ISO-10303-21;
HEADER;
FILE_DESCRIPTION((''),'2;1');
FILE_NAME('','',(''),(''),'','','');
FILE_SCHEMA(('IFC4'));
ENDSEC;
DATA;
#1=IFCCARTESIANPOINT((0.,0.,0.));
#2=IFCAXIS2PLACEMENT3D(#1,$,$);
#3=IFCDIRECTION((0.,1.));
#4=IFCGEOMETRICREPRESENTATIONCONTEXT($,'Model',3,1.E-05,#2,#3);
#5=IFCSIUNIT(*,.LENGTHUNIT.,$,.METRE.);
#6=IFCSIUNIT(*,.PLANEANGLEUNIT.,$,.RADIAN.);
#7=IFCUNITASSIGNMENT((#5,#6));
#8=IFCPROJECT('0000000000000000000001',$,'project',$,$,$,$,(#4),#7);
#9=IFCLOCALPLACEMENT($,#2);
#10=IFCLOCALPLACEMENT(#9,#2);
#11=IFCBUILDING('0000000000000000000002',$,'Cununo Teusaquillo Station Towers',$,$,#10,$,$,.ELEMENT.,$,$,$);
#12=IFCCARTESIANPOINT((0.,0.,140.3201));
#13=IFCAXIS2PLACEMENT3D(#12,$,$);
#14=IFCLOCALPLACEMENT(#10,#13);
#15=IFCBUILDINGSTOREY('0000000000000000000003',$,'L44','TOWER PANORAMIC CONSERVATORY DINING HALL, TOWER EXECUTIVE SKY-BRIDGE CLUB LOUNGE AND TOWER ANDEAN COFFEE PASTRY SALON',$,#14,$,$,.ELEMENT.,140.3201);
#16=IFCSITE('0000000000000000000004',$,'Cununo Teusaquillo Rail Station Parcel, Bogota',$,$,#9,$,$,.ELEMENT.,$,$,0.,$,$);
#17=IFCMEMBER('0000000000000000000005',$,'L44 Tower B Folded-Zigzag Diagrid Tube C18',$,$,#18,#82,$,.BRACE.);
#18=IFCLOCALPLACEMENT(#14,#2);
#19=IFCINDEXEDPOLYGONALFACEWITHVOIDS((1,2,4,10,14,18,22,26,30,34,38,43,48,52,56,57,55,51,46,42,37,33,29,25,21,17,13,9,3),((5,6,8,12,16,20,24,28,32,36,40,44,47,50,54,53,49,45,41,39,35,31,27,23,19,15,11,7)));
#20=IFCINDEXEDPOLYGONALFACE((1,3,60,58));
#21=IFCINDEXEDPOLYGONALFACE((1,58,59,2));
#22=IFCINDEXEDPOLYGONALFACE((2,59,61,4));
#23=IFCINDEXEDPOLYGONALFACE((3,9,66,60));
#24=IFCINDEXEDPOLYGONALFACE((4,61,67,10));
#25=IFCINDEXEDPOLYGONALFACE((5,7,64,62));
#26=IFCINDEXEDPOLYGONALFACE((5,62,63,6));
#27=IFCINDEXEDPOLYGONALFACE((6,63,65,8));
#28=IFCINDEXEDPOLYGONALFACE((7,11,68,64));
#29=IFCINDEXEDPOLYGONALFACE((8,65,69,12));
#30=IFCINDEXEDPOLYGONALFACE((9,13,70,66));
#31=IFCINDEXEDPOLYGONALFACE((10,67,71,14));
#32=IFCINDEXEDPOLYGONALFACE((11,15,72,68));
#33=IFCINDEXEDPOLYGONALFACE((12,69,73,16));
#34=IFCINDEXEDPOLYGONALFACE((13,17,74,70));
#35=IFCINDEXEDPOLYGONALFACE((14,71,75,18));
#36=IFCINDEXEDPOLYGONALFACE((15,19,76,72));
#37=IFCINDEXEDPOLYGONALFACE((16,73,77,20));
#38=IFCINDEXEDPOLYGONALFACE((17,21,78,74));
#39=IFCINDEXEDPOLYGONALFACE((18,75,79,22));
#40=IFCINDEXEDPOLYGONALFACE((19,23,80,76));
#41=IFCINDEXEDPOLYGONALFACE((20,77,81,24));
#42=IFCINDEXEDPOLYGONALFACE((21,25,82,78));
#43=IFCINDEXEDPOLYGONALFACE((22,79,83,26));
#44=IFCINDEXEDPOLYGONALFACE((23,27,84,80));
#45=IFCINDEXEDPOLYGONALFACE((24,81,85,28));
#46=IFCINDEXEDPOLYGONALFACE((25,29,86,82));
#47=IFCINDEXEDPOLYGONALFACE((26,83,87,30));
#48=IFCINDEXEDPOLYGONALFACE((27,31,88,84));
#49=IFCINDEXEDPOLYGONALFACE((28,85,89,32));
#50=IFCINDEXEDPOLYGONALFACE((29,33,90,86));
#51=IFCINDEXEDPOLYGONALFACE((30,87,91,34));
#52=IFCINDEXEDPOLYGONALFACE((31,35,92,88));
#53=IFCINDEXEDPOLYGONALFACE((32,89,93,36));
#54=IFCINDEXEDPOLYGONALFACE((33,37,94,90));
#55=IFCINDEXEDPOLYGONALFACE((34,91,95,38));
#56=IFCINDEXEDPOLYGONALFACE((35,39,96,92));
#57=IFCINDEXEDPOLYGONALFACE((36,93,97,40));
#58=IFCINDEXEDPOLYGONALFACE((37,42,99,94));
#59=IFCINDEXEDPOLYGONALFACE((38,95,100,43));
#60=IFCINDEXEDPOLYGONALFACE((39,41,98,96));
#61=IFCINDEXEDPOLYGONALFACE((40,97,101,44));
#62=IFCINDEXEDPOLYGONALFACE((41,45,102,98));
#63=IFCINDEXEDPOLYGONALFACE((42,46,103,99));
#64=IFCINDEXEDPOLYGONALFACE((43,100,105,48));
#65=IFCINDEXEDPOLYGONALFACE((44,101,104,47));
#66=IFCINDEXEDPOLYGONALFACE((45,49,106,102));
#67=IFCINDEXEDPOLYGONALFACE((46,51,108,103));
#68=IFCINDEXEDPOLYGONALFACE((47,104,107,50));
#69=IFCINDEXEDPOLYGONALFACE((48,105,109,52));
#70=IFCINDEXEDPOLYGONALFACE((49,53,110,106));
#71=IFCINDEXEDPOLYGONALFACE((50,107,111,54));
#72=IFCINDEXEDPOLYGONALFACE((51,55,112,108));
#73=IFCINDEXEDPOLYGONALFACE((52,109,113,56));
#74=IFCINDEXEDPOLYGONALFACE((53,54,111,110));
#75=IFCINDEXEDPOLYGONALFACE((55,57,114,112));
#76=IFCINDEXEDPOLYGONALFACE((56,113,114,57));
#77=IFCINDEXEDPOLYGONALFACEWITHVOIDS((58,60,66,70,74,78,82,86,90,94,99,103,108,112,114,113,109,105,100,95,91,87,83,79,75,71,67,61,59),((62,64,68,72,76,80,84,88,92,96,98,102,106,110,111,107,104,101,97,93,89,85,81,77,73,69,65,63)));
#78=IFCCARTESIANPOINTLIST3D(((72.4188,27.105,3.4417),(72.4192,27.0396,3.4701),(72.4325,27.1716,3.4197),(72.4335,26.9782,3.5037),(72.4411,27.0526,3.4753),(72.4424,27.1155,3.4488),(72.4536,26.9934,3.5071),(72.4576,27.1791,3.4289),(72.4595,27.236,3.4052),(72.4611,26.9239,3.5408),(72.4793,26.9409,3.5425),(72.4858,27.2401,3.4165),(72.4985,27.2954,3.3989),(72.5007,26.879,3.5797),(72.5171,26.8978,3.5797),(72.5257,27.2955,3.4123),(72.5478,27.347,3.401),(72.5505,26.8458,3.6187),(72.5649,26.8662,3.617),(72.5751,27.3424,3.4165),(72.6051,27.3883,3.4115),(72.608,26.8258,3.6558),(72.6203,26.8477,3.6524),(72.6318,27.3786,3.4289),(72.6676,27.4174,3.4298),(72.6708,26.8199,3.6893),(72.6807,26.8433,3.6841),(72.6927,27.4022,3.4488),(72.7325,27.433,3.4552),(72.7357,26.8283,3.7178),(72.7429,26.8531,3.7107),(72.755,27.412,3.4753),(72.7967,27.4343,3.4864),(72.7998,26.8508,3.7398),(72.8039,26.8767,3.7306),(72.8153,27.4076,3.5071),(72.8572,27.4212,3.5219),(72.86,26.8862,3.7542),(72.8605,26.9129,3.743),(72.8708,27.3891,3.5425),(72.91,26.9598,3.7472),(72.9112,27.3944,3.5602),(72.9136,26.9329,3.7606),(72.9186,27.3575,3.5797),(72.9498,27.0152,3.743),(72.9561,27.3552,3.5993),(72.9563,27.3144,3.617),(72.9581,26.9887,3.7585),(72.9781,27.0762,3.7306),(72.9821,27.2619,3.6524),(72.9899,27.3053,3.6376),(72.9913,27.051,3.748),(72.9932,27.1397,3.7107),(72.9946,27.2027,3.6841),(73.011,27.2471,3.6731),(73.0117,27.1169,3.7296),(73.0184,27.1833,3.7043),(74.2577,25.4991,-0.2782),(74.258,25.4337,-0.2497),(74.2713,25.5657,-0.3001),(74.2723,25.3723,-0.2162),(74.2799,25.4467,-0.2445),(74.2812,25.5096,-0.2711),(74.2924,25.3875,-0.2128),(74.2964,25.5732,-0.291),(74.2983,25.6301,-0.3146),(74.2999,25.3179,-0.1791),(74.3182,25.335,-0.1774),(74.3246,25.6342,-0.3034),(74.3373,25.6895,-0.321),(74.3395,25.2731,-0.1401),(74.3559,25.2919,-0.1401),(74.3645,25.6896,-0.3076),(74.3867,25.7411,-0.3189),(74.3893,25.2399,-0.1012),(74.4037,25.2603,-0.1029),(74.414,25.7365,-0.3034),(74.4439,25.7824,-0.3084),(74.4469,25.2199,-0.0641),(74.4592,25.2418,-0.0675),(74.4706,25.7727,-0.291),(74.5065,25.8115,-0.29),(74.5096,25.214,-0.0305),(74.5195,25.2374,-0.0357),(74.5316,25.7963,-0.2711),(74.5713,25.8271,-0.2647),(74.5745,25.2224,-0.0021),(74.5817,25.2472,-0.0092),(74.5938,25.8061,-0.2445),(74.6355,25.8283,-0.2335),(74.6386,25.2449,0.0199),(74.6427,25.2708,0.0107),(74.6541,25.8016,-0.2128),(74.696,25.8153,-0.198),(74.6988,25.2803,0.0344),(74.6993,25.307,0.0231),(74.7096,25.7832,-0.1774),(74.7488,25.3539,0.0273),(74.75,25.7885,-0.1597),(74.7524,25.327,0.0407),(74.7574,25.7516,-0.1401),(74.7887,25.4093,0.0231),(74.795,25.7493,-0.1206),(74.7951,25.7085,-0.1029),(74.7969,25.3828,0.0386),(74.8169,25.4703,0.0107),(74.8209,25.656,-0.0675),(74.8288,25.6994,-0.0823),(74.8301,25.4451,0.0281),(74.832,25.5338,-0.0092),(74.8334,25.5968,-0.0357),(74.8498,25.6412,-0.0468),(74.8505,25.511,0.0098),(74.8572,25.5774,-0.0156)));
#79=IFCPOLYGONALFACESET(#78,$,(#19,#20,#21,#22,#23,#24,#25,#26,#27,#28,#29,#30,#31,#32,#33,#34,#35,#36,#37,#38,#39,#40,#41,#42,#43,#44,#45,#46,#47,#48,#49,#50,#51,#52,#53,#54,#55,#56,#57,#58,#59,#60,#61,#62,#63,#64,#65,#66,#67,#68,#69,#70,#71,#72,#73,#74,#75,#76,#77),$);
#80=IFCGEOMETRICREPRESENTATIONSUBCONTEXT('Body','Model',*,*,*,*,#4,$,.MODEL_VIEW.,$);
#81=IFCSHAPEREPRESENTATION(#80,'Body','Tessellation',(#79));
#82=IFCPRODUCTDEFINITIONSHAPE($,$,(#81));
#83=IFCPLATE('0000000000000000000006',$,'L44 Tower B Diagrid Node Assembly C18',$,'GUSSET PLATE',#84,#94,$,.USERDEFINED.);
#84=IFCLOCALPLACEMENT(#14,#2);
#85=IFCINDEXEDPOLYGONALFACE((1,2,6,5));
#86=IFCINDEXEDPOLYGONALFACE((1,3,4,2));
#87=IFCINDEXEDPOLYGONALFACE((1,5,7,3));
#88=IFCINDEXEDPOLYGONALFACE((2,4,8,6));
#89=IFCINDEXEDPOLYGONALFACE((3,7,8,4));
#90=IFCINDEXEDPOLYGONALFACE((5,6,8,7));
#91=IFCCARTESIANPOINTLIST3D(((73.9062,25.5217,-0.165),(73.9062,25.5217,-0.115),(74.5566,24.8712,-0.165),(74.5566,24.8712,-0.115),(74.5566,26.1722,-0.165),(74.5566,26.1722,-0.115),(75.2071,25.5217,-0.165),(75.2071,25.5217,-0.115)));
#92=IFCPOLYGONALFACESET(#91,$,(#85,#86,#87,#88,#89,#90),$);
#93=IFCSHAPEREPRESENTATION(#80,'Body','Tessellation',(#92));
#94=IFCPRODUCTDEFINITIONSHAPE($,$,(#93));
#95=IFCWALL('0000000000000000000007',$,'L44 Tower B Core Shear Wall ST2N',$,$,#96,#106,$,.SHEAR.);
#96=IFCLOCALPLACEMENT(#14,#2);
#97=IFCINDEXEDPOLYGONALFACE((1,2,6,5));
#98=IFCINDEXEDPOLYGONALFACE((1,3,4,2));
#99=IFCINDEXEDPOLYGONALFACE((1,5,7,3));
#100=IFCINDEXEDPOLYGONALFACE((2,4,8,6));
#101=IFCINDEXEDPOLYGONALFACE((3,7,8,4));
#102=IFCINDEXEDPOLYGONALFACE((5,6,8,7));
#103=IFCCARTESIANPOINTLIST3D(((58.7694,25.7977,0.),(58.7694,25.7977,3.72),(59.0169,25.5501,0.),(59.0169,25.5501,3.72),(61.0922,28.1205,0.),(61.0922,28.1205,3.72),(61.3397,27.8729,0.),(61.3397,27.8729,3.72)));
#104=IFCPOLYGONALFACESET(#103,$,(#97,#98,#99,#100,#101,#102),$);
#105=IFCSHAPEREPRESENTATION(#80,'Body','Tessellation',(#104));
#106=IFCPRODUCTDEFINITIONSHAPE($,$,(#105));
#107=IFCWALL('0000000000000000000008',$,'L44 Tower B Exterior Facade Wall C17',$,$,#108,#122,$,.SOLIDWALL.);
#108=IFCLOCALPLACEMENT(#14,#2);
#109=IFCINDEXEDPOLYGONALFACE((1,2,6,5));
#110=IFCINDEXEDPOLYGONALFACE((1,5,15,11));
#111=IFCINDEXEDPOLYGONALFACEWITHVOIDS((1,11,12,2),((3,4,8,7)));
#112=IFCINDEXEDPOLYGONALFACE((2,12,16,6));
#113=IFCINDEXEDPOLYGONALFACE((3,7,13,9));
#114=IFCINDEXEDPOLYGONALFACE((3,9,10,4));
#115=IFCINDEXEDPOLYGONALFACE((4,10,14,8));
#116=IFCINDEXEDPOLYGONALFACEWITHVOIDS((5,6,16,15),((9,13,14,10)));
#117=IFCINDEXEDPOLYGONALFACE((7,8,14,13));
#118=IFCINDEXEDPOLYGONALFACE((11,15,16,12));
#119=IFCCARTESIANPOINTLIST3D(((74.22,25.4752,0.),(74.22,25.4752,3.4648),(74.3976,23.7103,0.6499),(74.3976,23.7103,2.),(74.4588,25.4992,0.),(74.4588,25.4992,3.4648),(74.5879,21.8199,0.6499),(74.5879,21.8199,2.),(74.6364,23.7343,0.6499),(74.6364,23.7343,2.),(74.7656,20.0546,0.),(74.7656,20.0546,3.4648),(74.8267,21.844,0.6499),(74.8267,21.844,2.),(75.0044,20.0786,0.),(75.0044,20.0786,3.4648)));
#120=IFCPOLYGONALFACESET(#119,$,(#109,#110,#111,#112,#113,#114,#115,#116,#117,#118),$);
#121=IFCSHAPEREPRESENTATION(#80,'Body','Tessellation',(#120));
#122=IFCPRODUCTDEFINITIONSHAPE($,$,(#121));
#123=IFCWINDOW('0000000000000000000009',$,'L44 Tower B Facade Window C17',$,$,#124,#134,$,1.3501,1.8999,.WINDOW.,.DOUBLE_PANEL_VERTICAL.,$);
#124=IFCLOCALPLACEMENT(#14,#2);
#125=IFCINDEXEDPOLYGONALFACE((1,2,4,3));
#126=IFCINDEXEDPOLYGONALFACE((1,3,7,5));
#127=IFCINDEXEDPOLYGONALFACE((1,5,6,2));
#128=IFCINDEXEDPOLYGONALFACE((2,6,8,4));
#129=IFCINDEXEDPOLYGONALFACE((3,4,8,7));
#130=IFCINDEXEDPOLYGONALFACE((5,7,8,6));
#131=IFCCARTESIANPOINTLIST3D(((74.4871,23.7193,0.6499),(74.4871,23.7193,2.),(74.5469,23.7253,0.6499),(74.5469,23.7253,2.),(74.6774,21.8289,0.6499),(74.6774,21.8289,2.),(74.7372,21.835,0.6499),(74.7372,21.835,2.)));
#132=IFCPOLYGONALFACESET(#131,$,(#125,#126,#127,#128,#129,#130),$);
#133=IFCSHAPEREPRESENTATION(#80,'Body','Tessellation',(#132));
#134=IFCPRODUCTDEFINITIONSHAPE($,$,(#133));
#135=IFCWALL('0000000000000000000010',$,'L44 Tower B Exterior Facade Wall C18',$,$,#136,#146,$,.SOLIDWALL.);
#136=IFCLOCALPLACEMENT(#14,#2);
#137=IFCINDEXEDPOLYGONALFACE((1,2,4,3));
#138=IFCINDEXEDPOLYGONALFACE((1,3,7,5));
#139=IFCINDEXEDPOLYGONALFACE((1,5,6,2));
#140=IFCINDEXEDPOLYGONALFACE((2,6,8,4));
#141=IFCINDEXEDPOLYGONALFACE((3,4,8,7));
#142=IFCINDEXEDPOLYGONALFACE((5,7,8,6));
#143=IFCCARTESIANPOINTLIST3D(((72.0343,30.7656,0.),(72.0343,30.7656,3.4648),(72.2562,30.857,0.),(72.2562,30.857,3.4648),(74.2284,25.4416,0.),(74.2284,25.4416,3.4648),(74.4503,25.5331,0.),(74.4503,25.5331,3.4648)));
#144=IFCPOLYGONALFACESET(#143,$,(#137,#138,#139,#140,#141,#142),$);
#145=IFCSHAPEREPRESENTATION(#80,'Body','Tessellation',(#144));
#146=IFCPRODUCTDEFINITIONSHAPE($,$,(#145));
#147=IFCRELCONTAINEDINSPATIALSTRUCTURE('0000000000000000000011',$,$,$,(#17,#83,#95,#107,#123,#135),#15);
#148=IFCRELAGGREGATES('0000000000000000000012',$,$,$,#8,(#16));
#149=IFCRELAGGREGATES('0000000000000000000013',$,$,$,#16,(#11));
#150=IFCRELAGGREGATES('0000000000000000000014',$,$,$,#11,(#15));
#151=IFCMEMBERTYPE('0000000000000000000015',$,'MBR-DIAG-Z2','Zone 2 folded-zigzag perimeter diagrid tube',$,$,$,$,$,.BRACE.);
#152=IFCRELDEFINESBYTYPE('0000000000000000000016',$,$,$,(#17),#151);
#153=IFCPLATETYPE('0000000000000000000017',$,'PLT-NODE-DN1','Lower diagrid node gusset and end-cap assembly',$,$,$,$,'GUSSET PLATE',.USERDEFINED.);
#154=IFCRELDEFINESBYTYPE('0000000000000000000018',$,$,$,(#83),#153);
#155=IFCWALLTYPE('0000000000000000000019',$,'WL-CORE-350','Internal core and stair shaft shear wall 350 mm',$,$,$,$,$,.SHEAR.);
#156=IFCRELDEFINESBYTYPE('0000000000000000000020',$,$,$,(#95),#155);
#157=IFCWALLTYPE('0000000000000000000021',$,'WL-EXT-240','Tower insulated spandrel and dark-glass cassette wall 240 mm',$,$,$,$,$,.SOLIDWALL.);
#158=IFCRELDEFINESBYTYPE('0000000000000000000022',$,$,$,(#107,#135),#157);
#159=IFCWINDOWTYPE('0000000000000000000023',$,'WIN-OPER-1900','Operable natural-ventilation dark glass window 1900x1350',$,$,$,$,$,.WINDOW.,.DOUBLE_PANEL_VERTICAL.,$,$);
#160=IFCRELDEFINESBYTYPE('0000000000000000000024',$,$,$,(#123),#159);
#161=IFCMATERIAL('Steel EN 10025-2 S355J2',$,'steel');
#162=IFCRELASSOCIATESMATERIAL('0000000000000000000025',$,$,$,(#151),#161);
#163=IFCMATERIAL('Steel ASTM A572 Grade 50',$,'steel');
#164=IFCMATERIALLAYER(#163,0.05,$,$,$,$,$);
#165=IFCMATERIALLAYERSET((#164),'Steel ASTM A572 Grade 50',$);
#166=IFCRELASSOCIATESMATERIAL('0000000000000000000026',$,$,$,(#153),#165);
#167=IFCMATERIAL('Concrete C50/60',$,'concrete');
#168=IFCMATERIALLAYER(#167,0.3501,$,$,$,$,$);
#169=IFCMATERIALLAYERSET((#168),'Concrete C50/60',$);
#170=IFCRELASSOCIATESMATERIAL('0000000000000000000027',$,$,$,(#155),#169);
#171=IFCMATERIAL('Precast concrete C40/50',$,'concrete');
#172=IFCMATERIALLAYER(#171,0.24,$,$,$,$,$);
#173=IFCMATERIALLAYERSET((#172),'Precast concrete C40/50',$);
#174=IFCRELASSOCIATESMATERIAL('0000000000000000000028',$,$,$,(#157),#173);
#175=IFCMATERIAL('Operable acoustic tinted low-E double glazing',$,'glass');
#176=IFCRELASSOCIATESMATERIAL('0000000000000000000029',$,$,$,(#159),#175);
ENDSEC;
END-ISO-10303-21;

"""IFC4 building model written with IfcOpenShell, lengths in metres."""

from ifc_helpers import new_model, si_unit, direction, frame, frame_2d, origin, origin_2d, place, context, subcontext, project, spatial, rectangle, hollow_circle, extrude, source, transform, mapped, material, layer, layer_set, material_profile, profile_set, type_object, element, fill, save


model = new_model("IFC4")

# Units and contexts
model_context = context("Model", 3, precision=1e-05, world=origin(), true_north=direction((0.0, 1.0)))
body_context = subcontext(model_context, "Body", "Model", "MODEL_VIEW")
ifc_project = project(units=[si_unit("LENGTHUNIT", "METRE"), si_unit("PLANEANGLEUNIT", "RADIAN")], contexts=[model_context])

# Site, building, storey
site_placement = place(None, origin())
site = spatial("IfcSite", under=ifc_project, at=site_placement, Name="Cununo Teusaquillo Rail Station Parcel, Bogota", CompositionType="ELEMENT", RefElevation=0.0)
building_placement = place(site_placement, origin())
building = spatial("IfcBuilding", under=site, at=building_placement, Name="Cununo Teusaquillo Station Towers", CompositionType="ELEMENT")
storey_placement = place(building_placement, frame((0.0, 0.0, 140.3201)))
storey = spatial("IfcBuildingStorey", under=building, at=storey_placement, Name="L44", Description="TOWER PANORAMIC CONSERVATORY DINING HALL, TOWER EXECUTIVE SKY-BRIDGE CLUB LOUNGE AND TOWER ANDEAN COFFEE PASTRY SALON", CompositionType="ELEMENT", Elevation=140.3201)

# Member
ifc_material_1 = material(Name="Steel EN 10025-2 S355J2", Category="steel")
ifc_material_profile_1 = material_profile(ifc_material_1, hollow_circle(Radius=0.3301, WallThickness=0.0249, at=origin_2d()), Name="CHS 660x25")
ifc_profile_set_1 = profile_set([ifc_material_profile_1], Name="Steel EN 10025-2 S355J2")
member_type = type_object("IfcMemberType", Name="MBR-DIAG-Z2", Description="Zone 2 folded-zigzag perimeter diagrid tube", PredefinedType="BRACE", material=ifc_profile_set_1)
member_placement = place(storey_placement, frame((74.5566, 25.5217, -0.1401), z_axis=(-0.413268, 0.360924, 0.836028), x_axis=(-0.657796, -0.753196, 0.0)))
element("IfcMember", 1, at=member_placement, inside=storey, type_object=member_type, Name="L44 Tower B Folded-Zigzag Diagrid Tube C18", PredefinedType="BRACE", context=body_context, shape_type="SweptSolid", body=[
    extrude(hollow_circle(Radius=0.3301, WallThickness=0.0249, at=origin_2d()), origin(), (0.0, 0.0, 1.0), 4.4495),
])

# Plate
ifc_material_2 = material(Name="Steel ASTM A572 Grade 50", Category="steel")
ifc_layer_1 = layer(ifc_material_2, 0.05)
ifc_layer_set_1 = layer_set([ifc_layer_1], Name="Steel ASTM A572 Grade 50")
plate_type = type_object("IfcPlateType", Name="PLT-NODE-DN1", Description="Lower diagrid node gusset and end-cap assembly", ElementType="GUSSET PLATE", PredefinedType="USERDEFINED", material=ifc_layer_set_1)
shared_shape_1 = source(origin(), body_context, "Body", "SweptSolid", [
    extrude(rectangle(XDim=0.9199, YDim=0.9199, at=origin_2d()), origin(), (0.0, 0.0, 1.0), 0.05),
])
plate_placement = place(storey_placement, frame((74.5566, 25.5217, -0.165), z_axis=(0.0, 0.0, 1.0), x_axis=(0.707107, 0.707107, 0.0)))
element("IfcPlate", 2, at=plate_placement, inside=storey, type_object=plate_type, Name="L44 Tower B Diagrid Node Assembly C18", ObjectType="GUSSET PLATE", PredefinedType="USERDEFINED", context=body_context, shape_type="MappedRepresentation", body=[
    mapped(shared_shape_1, transform((0.0, 0.0, 0.0), x_axis=(1.0, 0.0, 0.0), y_axis=(0.0, 1.0, 0.0), z_axis=(0.0, 0.0, 1.0), scale=1.0)),
])

# Wall
ifc_material_3 = material(Name="Concrete C50/60", Category="concrete")
ifc_layer_2 = layer(ifc_material_3, 0.3501)
ifc_layer_set_2 = layer_set([ifc_layer_2], Name="Concrete C50/60")
wall_type_1 = type_object("IfcWallType", Name="WL-CORE-350", Description="Internal core and stair shaft shear wall 350 mm", PredefinedType="SHEAR", material=ifc_layer_set_2)
wall_1_placement = place(storey_placement, frame((58.8931, 25.6738, 0.0), z_axis=(0.0, 0.0, 1.0), x_axis=(0.707107, 0.707107, 0.0)))
element("IfcWall", 3, at=wall_1_placement, inside=storey, type_object=wall_type_1, Name="L44 Tower B Core Shear Wall ST2N", PredefinedType="SHEAR", context=body_context, shape_type="SweptSolid", body=[
    extrude(rectangle(XDim=3.2849, YDim=0.3501, at=frame_2d((1.6426, 0.0))), origin(), (0.0, 0.0, 1.0), 3.72),
])

# Wall, opening, window
ifc_material_4 = material(Name="Precast concrete C40/50", Category="concrete")
ifc_layer_3 = layer(ifc_material_4, 0.24)
ifc_layer_set_3 = layer_set([ifc_layer_3], Name="Precast concrete C40/50")
wall_type_2 = type_object("IfcWallType", Name="WL-EXT-240", Description="Tower insulated spandrel and dark-glass cassette wall 240 mm", PredefinedType="SOLIDWALL", material=ifc_layer_set_3)
wall_2_placement = place(storey_placement, frame((74.3394, 25.4873, 0.0), z_axis=(0.0, 0.0, 1.0), x_axis=(0.100156, -0.994972, 0.0)))
wall_2 = element("IfcWall", 4, at=wall_2_placement, inside=storey, type_object=wall_type_2, Name="L44 Tower B Exterior Facade Wall C17", PredefinedType="SOLIDWALL", context=body_context, shape_type="SweptSolid", body=[
    extrude(rectangle(XDim=5.448, YDim=0.24, at=frame_2d((2.7241, 0.0))), origin(), (0.0, 0.0, 1.0), 3.4648),
])
shared_shape_2 = source(origin(), body_context, "Body", "SweptSolid", [
    extrude(rectangle(XDim=1.8999, YDim=1.3501, at=frame_2d((0.95, 0.675))), frame((0.0, 0.1299, 0.0), z_axis=(0.0, -1.0, 0.0), x_axis=(1.0, 0.0, 0.0)), (0.0, 0.0, 1.0), 0.26),
])
opening_1_placement = place(wall_2_placement, frame((1.7739, 0.0, 0.6499)))
opening_1 = element("IfcOpeningElement", 5, at=opening_1_placement, cuts=wall_2, PredefinedType="OPENING", context=body_context, shape_type="MappedRepresentation", body=[
    mapped(shared_shape_2, transform((0.0, 0.0, 0.0), x_axis=(1.0, 0.0, 0.0), y_axis=(0.0, 1.0, 0.0), z_axis=(0.0, 0.0, 1.0), scale=1.0)),
])
ifc_material_5 = material(Name="Operable acoustic tinted low-E double glazing", Category="glass")
window_type_1 = type_object("IfcWindowType", Name="WIN-OPER-1900", Description="Operable natural-ventilation dark glass window 1900x1350", PartitioningType="DOUBLE_PANEL_VERTICAL", PredefinedType="WINDOW", material=ifc_material_5)
shared_shape_3 = source(origin(), body_context, "Body", "SweptSolid", [
    extrude(rectangle(XDim=1.8999, YDim=1.3501, at=frame_2d((0.95, 0.675))), frame((0.0, 0.03, 0.0), z_axis=(0.0, -1.0, 0.0), x_axis=(1.0, 0.0, 0.0)), (0.0, 0.0, 1.0), 0.0601),
])
window_1_placement = place(opening_1_placement, origin())
window_1 = element("IfcWindow", 6, at=window_1_placement, inside=storey, type_object=window_type_1, Name="L44 Tower B Facade Window C17", OverallHeight=1.3501, OverallWidth=1.8999, PartitioningType="DOUBLE_PANEL_VERTICAL", PredefinedType="WINDOW", context=body_context, shape_type="MappedRepresentation", body=[
    mapped(shared_shape_3, transform((0.0, 0.0, 0.0), x_axis=(1.0, 0.0, 0.0), y_axis=(0.0, 1.0, 0.0), z_axis=(0.0, 0.0, 1.0), scale=1.0)),
])
fill(opening_1, window_1)

# Wall
wall_3_placement = place(storey_placement, frame((72.1453, 30.8113, 0.0), z_axis=(0.0, 0.0, 1.0), x_axis=(0.381027, -0.924564, 0.0)))
element("IfcWall", 7, at=wall_3_placement, inside=storey, type_object=wall_type_2, Name="L44 Tower B Exterior Facade Wall C18", PredefinedType="SOLIDWALL", context=body_context, shape_type="SweptSolid", body=[
    extrude(rectangle(XDim=5.7583, YDim=0.24, at=frame_2d((2.8792, 0.0))), origin(), (0.0, 0.0, 1.0), 3.4648),
])

save(model, "model.ifc")
